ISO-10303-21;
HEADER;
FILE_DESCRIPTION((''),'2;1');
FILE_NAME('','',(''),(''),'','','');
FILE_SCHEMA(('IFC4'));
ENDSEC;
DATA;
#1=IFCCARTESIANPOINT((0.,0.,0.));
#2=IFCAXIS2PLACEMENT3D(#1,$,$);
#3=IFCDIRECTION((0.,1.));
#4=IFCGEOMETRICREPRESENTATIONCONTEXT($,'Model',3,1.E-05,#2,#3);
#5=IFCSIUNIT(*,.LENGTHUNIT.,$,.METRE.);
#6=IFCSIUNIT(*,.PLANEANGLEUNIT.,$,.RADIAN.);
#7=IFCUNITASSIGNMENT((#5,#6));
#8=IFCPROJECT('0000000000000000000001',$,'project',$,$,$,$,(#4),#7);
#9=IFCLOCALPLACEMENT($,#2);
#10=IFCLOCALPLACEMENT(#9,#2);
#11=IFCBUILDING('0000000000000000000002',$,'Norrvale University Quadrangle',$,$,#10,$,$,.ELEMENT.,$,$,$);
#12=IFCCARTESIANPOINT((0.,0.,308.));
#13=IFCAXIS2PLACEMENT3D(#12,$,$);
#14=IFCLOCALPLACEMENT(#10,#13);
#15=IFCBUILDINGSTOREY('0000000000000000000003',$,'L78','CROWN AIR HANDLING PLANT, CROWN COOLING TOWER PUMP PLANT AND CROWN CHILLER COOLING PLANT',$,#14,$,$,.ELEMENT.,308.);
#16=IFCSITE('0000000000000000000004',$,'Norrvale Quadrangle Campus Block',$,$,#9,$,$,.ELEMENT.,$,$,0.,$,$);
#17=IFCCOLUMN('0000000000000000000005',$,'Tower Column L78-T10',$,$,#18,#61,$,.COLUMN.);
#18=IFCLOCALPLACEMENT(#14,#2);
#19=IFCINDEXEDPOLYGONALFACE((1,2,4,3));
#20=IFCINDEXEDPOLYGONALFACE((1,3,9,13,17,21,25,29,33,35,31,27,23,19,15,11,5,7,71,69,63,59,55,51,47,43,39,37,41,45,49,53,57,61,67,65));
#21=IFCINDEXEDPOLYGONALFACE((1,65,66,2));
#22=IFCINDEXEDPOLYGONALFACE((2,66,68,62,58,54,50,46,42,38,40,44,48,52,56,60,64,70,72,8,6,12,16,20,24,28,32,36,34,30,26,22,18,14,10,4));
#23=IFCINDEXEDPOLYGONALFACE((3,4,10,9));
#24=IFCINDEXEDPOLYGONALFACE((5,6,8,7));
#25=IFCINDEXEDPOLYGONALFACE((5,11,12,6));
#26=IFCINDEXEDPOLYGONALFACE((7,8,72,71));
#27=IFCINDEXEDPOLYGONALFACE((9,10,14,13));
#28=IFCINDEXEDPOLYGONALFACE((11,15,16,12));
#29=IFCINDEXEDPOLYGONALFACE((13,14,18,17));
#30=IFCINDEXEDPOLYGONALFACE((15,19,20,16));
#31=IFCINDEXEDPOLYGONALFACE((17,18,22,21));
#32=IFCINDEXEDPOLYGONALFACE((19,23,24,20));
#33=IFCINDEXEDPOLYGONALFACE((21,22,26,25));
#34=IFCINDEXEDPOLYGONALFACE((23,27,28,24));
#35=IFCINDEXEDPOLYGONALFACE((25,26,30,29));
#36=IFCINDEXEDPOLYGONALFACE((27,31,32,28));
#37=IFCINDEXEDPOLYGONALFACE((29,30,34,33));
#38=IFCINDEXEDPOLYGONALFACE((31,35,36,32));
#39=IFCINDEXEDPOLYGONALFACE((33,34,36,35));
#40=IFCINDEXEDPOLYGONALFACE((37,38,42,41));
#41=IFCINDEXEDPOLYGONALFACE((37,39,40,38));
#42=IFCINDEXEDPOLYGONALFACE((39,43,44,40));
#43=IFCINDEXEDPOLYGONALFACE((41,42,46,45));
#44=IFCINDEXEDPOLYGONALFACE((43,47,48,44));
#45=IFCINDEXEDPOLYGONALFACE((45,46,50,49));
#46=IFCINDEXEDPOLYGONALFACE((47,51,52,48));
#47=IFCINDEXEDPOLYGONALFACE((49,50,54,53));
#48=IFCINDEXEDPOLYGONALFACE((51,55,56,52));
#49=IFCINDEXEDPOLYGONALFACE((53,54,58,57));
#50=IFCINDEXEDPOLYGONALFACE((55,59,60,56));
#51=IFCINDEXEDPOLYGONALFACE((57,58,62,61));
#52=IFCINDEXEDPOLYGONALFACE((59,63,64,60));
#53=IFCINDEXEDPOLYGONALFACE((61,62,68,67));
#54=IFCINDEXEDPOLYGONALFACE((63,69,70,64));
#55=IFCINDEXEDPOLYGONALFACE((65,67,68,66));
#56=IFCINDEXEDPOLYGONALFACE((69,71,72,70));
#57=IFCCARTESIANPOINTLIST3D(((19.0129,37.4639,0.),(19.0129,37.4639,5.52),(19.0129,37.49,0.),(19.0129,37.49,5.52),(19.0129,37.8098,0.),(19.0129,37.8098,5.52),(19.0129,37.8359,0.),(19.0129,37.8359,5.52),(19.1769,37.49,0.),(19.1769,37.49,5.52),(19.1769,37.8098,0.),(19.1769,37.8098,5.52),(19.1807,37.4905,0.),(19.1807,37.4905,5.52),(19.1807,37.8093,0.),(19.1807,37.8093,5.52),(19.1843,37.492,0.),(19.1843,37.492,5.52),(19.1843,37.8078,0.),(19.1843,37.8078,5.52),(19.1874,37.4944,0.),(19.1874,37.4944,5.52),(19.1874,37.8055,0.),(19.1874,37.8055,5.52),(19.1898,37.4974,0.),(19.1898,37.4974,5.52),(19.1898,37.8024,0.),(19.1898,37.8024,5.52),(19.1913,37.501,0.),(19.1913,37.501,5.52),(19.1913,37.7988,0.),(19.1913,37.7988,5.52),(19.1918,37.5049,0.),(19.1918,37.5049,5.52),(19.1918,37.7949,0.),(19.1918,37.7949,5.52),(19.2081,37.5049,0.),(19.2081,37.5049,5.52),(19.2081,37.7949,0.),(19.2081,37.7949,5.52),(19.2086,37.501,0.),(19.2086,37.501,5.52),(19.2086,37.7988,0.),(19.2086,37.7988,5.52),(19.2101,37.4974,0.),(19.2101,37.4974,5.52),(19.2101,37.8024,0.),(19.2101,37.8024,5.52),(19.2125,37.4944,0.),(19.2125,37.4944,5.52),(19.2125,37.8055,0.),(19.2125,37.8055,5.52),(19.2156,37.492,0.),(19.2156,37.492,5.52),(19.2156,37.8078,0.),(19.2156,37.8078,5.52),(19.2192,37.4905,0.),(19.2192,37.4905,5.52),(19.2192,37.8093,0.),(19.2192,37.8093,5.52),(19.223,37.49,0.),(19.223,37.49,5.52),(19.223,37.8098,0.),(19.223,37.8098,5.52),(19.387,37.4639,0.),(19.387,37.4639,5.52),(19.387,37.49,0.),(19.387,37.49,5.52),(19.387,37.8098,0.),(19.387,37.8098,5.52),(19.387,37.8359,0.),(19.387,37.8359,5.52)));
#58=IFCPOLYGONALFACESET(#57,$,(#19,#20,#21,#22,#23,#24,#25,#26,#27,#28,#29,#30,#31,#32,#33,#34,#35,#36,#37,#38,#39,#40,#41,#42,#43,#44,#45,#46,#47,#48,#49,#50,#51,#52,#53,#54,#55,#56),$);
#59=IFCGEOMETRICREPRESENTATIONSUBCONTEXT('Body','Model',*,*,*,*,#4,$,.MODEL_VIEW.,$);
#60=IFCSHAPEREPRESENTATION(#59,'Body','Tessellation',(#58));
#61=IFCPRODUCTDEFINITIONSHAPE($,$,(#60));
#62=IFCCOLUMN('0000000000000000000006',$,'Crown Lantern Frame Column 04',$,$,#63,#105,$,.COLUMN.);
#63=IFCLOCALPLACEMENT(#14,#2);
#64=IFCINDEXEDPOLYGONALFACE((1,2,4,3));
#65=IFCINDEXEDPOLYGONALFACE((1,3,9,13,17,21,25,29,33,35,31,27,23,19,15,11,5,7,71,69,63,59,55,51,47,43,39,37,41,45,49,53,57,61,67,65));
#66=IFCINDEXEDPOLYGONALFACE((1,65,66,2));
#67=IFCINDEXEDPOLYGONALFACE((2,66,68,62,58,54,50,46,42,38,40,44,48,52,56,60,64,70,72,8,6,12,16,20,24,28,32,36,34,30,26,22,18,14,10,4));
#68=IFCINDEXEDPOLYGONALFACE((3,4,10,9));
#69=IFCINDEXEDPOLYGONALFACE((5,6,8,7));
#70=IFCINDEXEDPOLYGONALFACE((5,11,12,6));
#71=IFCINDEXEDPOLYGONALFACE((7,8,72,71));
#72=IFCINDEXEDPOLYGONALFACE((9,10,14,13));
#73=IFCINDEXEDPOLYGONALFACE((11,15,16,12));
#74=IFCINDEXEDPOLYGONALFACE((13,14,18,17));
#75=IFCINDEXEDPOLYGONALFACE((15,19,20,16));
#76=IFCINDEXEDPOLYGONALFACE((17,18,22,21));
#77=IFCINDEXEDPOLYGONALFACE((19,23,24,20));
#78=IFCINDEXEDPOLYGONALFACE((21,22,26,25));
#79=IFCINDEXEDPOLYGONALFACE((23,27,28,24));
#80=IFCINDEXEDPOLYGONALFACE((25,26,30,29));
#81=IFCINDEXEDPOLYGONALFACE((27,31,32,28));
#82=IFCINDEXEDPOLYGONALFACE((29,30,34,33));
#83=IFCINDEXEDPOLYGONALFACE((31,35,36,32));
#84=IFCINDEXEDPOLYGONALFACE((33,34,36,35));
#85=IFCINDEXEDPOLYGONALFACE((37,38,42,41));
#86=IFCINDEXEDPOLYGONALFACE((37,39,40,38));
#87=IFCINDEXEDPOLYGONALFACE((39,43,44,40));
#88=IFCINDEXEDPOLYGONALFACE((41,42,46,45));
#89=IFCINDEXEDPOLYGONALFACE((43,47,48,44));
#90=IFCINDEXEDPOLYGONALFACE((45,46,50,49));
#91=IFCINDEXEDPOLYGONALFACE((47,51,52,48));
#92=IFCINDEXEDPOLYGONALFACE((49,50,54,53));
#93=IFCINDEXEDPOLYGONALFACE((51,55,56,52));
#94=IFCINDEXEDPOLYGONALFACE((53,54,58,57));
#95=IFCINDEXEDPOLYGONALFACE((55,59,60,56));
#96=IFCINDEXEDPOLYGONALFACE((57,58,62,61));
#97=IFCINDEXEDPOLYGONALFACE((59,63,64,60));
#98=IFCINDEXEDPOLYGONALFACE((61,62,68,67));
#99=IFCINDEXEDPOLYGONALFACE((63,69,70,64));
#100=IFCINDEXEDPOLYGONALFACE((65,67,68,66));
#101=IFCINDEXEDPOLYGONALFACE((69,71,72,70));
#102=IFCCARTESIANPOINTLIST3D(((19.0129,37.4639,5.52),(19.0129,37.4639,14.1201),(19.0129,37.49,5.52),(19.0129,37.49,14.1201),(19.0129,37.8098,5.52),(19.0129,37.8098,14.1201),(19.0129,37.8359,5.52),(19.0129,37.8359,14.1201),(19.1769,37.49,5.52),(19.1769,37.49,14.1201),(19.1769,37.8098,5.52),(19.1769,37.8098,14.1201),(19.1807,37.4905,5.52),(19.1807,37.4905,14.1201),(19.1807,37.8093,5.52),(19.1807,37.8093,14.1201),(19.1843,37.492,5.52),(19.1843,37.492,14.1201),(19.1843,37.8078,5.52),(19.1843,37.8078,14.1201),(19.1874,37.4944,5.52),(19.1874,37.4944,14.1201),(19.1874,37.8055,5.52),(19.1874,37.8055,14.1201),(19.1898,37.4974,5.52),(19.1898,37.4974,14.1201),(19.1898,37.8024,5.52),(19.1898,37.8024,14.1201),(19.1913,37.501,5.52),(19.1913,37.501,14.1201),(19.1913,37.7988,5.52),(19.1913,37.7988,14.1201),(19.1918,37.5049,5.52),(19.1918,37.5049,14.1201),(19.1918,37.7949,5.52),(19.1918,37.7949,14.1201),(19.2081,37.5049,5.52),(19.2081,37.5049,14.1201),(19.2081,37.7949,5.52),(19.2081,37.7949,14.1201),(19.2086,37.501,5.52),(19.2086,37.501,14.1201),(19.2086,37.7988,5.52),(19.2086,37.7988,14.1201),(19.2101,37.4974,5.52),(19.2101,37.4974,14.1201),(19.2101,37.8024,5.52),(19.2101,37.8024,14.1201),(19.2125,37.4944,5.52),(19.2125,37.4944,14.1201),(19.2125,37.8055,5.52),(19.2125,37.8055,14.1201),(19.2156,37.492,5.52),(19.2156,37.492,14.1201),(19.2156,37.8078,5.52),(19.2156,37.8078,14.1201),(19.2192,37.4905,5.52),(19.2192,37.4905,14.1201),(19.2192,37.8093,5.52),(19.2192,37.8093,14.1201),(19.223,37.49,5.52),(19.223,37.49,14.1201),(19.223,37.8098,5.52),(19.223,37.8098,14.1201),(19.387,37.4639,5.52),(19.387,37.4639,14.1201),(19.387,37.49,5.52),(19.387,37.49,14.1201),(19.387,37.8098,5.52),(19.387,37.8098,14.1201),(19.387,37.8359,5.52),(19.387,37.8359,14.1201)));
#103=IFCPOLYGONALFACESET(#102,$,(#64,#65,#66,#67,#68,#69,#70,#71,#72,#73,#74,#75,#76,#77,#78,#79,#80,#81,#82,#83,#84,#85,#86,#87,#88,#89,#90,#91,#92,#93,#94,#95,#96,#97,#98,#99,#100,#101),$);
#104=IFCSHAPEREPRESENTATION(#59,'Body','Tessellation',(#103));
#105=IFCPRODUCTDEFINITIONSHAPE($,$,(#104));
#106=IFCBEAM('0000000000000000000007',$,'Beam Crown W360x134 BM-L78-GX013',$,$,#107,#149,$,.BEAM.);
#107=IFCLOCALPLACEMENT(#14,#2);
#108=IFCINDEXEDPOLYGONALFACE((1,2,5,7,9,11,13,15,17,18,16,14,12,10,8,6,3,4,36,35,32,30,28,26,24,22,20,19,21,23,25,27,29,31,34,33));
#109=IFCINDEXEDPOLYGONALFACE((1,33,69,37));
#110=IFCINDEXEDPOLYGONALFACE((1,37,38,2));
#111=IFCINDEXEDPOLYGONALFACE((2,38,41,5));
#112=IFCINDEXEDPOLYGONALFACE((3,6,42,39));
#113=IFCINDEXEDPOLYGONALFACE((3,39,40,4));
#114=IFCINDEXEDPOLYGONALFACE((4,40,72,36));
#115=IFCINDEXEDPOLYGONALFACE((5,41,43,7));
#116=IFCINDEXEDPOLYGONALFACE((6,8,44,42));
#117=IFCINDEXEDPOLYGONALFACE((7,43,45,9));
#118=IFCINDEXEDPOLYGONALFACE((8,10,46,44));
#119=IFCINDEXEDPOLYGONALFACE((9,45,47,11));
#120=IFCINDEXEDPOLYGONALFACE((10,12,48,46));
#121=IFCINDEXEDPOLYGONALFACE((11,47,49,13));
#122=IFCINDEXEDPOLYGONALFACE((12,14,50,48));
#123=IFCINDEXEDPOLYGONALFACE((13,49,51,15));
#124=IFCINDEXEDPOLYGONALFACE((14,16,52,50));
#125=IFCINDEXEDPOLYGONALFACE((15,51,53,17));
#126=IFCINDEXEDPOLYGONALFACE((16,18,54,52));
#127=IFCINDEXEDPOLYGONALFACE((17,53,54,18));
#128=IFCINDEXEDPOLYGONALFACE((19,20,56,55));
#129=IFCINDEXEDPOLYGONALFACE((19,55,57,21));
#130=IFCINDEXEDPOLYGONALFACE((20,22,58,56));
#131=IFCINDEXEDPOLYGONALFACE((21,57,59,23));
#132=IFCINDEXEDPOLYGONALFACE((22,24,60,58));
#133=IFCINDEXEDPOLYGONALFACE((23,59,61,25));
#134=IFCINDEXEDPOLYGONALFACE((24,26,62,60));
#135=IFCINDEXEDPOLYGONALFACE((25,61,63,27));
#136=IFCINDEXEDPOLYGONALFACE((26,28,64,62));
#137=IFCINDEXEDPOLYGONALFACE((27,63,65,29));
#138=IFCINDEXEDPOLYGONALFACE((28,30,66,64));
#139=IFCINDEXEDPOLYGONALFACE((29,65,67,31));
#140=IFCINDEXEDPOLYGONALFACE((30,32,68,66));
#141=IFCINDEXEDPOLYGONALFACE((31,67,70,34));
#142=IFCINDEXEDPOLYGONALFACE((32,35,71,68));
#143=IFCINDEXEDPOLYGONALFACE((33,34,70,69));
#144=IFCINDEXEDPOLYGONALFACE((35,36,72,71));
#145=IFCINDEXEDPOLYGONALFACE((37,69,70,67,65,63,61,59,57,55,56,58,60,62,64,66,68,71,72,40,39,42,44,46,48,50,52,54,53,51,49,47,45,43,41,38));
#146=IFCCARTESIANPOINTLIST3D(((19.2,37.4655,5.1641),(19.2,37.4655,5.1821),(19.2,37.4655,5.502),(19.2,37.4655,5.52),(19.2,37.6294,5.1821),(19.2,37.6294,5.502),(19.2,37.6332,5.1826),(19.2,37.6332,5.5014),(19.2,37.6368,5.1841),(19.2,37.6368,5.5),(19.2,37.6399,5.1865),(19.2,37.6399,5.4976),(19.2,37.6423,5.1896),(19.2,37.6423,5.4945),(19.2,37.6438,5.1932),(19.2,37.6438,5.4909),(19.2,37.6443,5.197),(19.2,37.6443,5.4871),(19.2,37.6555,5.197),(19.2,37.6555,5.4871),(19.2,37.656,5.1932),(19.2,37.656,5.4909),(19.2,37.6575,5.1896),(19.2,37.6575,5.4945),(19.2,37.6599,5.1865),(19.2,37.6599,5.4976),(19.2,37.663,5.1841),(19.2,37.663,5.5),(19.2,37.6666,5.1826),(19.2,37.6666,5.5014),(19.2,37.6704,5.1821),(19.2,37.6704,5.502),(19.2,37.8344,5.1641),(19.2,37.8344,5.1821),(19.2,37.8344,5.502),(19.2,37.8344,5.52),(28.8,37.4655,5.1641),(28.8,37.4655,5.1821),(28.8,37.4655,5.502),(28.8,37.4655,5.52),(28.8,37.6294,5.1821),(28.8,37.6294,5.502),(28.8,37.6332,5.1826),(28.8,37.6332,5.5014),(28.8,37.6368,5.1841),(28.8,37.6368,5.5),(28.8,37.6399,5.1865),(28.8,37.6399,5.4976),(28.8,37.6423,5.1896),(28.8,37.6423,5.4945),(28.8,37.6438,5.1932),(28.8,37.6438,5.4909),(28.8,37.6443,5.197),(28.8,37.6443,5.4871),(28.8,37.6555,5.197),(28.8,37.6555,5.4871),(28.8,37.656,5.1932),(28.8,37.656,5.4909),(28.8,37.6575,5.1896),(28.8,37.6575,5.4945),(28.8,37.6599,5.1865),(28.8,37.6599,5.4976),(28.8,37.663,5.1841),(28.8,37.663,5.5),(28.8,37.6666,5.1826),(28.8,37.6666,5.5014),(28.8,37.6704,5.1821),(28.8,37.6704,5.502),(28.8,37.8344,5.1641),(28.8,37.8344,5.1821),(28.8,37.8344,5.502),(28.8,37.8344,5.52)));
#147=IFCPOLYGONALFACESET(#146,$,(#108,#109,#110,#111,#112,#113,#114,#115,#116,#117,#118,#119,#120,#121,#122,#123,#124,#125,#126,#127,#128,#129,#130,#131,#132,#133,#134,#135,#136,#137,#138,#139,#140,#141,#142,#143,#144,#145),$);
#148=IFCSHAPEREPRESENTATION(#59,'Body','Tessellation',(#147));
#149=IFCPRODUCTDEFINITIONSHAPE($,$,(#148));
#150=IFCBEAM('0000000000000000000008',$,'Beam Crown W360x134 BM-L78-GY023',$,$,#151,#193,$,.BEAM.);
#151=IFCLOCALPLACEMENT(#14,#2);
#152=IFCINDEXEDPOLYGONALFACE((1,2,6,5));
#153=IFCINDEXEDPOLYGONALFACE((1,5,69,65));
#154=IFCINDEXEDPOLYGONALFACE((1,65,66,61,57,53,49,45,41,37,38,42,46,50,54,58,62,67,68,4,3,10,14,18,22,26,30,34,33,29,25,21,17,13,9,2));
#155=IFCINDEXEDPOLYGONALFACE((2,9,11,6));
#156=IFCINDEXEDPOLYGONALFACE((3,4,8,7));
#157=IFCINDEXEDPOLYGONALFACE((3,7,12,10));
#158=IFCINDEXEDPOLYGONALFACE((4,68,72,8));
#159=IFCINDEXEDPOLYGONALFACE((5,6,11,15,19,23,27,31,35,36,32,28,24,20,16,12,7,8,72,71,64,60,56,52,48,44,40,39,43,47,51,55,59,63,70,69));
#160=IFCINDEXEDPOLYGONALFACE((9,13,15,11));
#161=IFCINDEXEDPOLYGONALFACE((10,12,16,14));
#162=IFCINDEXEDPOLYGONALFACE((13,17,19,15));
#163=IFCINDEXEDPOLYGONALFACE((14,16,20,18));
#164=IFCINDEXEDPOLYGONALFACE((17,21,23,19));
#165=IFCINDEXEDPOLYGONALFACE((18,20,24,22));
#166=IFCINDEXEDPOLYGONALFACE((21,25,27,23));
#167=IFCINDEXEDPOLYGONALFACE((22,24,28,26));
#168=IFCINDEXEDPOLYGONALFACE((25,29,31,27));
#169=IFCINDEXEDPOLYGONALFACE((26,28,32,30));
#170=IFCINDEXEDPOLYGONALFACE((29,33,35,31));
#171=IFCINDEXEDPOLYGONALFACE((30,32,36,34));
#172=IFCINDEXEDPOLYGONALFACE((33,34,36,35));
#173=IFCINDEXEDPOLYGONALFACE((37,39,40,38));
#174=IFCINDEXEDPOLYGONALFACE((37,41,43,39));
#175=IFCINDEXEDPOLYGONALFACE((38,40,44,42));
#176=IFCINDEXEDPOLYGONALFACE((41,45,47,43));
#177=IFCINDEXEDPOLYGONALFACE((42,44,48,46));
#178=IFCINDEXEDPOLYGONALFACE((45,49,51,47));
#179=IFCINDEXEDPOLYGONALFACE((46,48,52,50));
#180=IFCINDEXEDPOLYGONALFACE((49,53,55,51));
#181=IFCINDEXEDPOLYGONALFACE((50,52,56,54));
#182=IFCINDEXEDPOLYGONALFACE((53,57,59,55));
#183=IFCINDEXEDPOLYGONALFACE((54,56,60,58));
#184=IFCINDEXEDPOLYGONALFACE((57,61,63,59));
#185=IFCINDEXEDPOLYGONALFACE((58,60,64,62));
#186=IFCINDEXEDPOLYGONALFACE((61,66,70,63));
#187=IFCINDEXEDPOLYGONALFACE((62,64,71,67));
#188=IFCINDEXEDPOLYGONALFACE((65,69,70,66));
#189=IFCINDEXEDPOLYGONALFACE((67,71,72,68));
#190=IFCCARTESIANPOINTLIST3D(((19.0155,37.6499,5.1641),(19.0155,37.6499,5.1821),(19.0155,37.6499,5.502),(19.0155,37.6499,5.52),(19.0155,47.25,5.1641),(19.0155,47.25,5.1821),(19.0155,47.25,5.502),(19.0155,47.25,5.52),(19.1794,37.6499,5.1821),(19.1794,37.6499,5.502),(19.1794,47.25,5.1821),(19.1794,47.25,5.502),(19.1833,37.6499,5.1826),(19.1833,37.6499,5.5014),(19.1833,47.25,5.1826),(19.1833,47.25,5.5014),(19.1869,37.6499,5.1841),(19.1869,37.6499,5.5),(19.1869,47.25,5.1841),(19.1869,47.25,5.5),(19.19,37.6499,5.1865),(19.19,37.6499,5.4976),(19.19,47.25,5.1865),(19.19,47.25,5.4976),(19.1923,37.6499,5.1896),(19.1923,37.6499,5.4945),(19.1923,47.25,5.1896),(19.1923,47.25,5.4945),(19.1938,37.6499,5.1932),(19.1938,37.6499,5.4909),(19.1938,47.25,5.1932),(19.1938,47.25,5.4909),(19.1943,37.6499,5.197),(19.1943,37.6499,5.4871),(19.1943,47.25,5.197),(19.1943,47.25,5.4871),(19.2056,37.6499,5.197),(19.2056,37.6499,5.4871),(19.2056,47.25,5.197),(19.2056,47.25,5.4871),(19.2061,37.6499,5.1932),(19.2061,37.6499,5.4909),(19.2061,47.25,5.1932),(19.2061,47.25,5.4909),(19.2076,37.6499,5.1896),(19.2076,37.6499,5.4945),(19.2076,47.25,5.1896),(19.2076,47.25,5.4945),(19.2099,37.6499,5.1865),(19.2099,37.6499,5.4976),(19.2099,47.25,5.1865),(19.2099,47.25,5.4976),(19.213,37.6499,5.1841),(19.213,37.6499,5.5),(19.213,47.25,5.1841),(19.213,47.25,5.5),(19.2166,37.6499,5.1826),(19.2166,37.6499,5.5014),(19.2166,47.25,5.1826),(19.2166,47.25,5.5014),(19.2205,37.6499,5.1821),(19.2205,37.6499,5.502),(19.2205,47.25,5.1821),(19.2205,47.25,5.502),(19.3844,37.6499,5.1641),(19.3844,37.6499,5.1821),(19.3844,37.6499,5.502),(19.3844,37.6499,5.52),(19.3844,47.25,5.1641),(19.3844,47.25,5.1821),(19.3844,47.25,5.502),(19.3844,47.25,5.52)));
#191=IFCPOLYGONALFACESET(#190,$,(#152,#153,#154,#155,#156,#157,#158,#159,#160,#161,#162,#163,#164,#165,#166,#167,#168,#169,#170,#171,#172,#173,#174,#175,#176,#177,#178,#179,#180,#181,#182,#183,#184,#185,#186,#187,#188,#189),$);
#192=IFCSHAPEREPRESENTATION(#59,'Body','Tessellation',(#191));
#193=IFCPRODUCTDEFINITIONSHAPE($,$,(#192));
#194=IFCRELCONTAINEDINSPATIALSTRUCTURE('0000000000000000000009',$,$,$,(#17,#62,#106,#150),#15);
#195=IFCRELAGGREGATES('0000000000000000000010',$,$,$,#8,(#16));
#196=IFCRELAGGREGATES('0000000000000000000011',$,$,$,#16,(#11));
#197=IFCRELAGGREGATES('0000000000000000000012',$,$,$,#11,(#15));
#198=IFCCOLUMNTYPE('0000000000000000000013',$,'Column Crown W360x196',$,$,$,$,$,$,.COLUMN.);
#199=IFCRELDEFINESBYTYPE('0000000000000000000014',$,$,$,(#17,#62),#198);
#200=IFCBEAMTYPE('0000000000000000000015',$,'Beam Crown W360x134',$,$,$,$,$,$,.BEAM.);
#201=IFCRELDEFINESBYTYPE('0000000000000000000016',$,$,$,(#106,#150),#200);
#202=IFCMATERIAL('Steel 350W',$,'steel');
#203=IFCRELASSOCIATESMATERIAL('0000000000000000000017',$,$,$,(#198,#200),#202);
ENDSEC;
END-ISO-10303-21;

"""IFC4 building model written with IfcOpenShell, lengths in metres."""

from ifc_helpers import new_model, si_unit, direction, frame, origin, origin_2d, place, context, subcontext, project, spatial, i_section, extrude, material, material_profile, profile_set, type_object, element, save


model = new_model("IFC4")

# Units and contexts
model_context = context("Model", 3, precision=1e-05, world=origin(), true_north=direction((0.0, 1.0)))
body_context = subcontext(model_context, "Body", "Model", "MODEL_VIEW")
ifc_project = project(units=[si_unit("LENGTHUNIT", "METRE"), si_unit("PLANEANGLEUNIT", "RADIAN")], contexts=[model_context])

# Site, building, storey
site_placement = place(None, origin())
site = spatial("IfcSite", under=ifc_project, at=site_placement, Name="Norrvale Quadrangle Campus Block", CompositionType="ELEMENT", RefElevation=0.0)
building_placement = place(site_placement, origin())
building = spatial("IfcBuilding", under=site, at=building_placement, Name="Norrvale University Quadrangle", CompositionType="ELEMENT")
storey_placement = place(building_placement, frame((0.0, 0.0, 308.0)))
storey = spatial("IfcBuildingStorey", under=building, at=storey_placement, Name="L78", Description="CROWN AIR HANDLING PLANT, CROWN COOLING TOWER PUMP PLANT AND CROWN CHILLER COOLING PLANT", CompositionType="ELEMENT", Elevation=308.0)

# Columns
ifc_material_1 = material(Name="Steel 350W", Category="steel")
ifc_material_profile_1 = material_profile(ifc_material_1, i_section(OverallWidth=0.374, OverallDepth=0.3721, WebThickness=0.0164, FlangeThickness=0.0261, FilletRadius=0.0149, at=origin_2d()), Name="Steel 350W")
ifc_profile_set_1 = profile_set([ifc_material_profile_1], Name="Steel 350W")
column_type = type_object("IfcColumnType", Name="Column Crown W360x196", PredefinedType="COLUMN", material=ifc_profile_set_1)
column_1_placement = place(storey_placement, frame((19.2, 37.6499, 0.0), z_axis=(0.0, 0.0, 1.0), x_axis=(1.0, 0.0, 0.0)))
element("IfcColumn", 1, at=column_1_placement, inside=storey, type_object=column_type, Name="Tower Column L78-T10", PredefinedType="COLUMN", context=body_context, shape_type="SweptSolid", body=[
    extrude(i_section(OverallWidth=0.374, OverallDepth=0.3721, WebThickness=0.0164, FlangeThickness=0.0261, FilletRadius=0.0149, at=origin_2d()), origin(), (0.0, 0.0, 1.0), 5.52),
])
column_2_placement = place(storey_placement, frame((19.2, 37.6499, 5.52), z_axis=(0.0, 0.0, 1.0), x_axis=(1.0, 0.0, 0.0)))
element("IfcColumn", 2, at=column_2_placement, inside=storey, type_object=column_type, Name="Crown Lantern Frame Column 04", PredefinedType="COLUMN", context=body_context, shape_type="SweptSolid", body=[
    extrude(i_section(OverallWidth=0.374, OverallDepth=0.3721, WebThickness=0.0164, FlangeThickness=0.0261, FilletRadius=0.0149, at=origin_2d()), origin(), (0.0, 0.0, 1.0), 8.6001),
])

# Beams
ifc_material_profile_2 = material_profile(ifc_material_1, i_section(OverallWidth=0.3689, OverallDepth=0.356, WebThickness=0.0112, FlangeThickness=0.0181, FilletRadius=0.0149, at=origin_2d()), Name="Steel 350W")
ifc_profile_set_2 = profile_set([ifc_material_profile_2], Name="Steel 350W")
beam_type = type_object("IfcBeamType", Name="Beam Crown W360x134", PredefinedType="BEAM", material=ifc_profile_set_2)
for number, where, z_axis, x_axis, name in (
    (3, (19.2, 37.6499, 5.342), (1.0, 0.0, 0.0), (0.0, 1.0, 0.0), "Beam Crown W360x134 BM-L78-GX013"),
    (4, (19.2, 37.6499, 5.342), (0.0, 1.0, 0.0), (-1.0, 0.0, 0.0), "Beam Crown W360x134 BM-L78-GY023"),
):
    element("IfcBeam", number, at=place(storey_placement, frame(where, z_axis=z_axis, x_axis=x_axis)), inside=storey, type_object=beam_type, Name=name, PredefinedType="BEAM", context=body_context, shape_type="SweptSolid", body=[
        extrude(i_section(OverallWidth=0.3689, OverallDepth=0.356, WebThickness=0.0112, FlangeThickness=0.0181, FilletRadius=0.0149, at=origin_2d()), origin(), (0.0, 0.0, 1.0), 9.6001),
    ])

save(model, "model.ifc")
